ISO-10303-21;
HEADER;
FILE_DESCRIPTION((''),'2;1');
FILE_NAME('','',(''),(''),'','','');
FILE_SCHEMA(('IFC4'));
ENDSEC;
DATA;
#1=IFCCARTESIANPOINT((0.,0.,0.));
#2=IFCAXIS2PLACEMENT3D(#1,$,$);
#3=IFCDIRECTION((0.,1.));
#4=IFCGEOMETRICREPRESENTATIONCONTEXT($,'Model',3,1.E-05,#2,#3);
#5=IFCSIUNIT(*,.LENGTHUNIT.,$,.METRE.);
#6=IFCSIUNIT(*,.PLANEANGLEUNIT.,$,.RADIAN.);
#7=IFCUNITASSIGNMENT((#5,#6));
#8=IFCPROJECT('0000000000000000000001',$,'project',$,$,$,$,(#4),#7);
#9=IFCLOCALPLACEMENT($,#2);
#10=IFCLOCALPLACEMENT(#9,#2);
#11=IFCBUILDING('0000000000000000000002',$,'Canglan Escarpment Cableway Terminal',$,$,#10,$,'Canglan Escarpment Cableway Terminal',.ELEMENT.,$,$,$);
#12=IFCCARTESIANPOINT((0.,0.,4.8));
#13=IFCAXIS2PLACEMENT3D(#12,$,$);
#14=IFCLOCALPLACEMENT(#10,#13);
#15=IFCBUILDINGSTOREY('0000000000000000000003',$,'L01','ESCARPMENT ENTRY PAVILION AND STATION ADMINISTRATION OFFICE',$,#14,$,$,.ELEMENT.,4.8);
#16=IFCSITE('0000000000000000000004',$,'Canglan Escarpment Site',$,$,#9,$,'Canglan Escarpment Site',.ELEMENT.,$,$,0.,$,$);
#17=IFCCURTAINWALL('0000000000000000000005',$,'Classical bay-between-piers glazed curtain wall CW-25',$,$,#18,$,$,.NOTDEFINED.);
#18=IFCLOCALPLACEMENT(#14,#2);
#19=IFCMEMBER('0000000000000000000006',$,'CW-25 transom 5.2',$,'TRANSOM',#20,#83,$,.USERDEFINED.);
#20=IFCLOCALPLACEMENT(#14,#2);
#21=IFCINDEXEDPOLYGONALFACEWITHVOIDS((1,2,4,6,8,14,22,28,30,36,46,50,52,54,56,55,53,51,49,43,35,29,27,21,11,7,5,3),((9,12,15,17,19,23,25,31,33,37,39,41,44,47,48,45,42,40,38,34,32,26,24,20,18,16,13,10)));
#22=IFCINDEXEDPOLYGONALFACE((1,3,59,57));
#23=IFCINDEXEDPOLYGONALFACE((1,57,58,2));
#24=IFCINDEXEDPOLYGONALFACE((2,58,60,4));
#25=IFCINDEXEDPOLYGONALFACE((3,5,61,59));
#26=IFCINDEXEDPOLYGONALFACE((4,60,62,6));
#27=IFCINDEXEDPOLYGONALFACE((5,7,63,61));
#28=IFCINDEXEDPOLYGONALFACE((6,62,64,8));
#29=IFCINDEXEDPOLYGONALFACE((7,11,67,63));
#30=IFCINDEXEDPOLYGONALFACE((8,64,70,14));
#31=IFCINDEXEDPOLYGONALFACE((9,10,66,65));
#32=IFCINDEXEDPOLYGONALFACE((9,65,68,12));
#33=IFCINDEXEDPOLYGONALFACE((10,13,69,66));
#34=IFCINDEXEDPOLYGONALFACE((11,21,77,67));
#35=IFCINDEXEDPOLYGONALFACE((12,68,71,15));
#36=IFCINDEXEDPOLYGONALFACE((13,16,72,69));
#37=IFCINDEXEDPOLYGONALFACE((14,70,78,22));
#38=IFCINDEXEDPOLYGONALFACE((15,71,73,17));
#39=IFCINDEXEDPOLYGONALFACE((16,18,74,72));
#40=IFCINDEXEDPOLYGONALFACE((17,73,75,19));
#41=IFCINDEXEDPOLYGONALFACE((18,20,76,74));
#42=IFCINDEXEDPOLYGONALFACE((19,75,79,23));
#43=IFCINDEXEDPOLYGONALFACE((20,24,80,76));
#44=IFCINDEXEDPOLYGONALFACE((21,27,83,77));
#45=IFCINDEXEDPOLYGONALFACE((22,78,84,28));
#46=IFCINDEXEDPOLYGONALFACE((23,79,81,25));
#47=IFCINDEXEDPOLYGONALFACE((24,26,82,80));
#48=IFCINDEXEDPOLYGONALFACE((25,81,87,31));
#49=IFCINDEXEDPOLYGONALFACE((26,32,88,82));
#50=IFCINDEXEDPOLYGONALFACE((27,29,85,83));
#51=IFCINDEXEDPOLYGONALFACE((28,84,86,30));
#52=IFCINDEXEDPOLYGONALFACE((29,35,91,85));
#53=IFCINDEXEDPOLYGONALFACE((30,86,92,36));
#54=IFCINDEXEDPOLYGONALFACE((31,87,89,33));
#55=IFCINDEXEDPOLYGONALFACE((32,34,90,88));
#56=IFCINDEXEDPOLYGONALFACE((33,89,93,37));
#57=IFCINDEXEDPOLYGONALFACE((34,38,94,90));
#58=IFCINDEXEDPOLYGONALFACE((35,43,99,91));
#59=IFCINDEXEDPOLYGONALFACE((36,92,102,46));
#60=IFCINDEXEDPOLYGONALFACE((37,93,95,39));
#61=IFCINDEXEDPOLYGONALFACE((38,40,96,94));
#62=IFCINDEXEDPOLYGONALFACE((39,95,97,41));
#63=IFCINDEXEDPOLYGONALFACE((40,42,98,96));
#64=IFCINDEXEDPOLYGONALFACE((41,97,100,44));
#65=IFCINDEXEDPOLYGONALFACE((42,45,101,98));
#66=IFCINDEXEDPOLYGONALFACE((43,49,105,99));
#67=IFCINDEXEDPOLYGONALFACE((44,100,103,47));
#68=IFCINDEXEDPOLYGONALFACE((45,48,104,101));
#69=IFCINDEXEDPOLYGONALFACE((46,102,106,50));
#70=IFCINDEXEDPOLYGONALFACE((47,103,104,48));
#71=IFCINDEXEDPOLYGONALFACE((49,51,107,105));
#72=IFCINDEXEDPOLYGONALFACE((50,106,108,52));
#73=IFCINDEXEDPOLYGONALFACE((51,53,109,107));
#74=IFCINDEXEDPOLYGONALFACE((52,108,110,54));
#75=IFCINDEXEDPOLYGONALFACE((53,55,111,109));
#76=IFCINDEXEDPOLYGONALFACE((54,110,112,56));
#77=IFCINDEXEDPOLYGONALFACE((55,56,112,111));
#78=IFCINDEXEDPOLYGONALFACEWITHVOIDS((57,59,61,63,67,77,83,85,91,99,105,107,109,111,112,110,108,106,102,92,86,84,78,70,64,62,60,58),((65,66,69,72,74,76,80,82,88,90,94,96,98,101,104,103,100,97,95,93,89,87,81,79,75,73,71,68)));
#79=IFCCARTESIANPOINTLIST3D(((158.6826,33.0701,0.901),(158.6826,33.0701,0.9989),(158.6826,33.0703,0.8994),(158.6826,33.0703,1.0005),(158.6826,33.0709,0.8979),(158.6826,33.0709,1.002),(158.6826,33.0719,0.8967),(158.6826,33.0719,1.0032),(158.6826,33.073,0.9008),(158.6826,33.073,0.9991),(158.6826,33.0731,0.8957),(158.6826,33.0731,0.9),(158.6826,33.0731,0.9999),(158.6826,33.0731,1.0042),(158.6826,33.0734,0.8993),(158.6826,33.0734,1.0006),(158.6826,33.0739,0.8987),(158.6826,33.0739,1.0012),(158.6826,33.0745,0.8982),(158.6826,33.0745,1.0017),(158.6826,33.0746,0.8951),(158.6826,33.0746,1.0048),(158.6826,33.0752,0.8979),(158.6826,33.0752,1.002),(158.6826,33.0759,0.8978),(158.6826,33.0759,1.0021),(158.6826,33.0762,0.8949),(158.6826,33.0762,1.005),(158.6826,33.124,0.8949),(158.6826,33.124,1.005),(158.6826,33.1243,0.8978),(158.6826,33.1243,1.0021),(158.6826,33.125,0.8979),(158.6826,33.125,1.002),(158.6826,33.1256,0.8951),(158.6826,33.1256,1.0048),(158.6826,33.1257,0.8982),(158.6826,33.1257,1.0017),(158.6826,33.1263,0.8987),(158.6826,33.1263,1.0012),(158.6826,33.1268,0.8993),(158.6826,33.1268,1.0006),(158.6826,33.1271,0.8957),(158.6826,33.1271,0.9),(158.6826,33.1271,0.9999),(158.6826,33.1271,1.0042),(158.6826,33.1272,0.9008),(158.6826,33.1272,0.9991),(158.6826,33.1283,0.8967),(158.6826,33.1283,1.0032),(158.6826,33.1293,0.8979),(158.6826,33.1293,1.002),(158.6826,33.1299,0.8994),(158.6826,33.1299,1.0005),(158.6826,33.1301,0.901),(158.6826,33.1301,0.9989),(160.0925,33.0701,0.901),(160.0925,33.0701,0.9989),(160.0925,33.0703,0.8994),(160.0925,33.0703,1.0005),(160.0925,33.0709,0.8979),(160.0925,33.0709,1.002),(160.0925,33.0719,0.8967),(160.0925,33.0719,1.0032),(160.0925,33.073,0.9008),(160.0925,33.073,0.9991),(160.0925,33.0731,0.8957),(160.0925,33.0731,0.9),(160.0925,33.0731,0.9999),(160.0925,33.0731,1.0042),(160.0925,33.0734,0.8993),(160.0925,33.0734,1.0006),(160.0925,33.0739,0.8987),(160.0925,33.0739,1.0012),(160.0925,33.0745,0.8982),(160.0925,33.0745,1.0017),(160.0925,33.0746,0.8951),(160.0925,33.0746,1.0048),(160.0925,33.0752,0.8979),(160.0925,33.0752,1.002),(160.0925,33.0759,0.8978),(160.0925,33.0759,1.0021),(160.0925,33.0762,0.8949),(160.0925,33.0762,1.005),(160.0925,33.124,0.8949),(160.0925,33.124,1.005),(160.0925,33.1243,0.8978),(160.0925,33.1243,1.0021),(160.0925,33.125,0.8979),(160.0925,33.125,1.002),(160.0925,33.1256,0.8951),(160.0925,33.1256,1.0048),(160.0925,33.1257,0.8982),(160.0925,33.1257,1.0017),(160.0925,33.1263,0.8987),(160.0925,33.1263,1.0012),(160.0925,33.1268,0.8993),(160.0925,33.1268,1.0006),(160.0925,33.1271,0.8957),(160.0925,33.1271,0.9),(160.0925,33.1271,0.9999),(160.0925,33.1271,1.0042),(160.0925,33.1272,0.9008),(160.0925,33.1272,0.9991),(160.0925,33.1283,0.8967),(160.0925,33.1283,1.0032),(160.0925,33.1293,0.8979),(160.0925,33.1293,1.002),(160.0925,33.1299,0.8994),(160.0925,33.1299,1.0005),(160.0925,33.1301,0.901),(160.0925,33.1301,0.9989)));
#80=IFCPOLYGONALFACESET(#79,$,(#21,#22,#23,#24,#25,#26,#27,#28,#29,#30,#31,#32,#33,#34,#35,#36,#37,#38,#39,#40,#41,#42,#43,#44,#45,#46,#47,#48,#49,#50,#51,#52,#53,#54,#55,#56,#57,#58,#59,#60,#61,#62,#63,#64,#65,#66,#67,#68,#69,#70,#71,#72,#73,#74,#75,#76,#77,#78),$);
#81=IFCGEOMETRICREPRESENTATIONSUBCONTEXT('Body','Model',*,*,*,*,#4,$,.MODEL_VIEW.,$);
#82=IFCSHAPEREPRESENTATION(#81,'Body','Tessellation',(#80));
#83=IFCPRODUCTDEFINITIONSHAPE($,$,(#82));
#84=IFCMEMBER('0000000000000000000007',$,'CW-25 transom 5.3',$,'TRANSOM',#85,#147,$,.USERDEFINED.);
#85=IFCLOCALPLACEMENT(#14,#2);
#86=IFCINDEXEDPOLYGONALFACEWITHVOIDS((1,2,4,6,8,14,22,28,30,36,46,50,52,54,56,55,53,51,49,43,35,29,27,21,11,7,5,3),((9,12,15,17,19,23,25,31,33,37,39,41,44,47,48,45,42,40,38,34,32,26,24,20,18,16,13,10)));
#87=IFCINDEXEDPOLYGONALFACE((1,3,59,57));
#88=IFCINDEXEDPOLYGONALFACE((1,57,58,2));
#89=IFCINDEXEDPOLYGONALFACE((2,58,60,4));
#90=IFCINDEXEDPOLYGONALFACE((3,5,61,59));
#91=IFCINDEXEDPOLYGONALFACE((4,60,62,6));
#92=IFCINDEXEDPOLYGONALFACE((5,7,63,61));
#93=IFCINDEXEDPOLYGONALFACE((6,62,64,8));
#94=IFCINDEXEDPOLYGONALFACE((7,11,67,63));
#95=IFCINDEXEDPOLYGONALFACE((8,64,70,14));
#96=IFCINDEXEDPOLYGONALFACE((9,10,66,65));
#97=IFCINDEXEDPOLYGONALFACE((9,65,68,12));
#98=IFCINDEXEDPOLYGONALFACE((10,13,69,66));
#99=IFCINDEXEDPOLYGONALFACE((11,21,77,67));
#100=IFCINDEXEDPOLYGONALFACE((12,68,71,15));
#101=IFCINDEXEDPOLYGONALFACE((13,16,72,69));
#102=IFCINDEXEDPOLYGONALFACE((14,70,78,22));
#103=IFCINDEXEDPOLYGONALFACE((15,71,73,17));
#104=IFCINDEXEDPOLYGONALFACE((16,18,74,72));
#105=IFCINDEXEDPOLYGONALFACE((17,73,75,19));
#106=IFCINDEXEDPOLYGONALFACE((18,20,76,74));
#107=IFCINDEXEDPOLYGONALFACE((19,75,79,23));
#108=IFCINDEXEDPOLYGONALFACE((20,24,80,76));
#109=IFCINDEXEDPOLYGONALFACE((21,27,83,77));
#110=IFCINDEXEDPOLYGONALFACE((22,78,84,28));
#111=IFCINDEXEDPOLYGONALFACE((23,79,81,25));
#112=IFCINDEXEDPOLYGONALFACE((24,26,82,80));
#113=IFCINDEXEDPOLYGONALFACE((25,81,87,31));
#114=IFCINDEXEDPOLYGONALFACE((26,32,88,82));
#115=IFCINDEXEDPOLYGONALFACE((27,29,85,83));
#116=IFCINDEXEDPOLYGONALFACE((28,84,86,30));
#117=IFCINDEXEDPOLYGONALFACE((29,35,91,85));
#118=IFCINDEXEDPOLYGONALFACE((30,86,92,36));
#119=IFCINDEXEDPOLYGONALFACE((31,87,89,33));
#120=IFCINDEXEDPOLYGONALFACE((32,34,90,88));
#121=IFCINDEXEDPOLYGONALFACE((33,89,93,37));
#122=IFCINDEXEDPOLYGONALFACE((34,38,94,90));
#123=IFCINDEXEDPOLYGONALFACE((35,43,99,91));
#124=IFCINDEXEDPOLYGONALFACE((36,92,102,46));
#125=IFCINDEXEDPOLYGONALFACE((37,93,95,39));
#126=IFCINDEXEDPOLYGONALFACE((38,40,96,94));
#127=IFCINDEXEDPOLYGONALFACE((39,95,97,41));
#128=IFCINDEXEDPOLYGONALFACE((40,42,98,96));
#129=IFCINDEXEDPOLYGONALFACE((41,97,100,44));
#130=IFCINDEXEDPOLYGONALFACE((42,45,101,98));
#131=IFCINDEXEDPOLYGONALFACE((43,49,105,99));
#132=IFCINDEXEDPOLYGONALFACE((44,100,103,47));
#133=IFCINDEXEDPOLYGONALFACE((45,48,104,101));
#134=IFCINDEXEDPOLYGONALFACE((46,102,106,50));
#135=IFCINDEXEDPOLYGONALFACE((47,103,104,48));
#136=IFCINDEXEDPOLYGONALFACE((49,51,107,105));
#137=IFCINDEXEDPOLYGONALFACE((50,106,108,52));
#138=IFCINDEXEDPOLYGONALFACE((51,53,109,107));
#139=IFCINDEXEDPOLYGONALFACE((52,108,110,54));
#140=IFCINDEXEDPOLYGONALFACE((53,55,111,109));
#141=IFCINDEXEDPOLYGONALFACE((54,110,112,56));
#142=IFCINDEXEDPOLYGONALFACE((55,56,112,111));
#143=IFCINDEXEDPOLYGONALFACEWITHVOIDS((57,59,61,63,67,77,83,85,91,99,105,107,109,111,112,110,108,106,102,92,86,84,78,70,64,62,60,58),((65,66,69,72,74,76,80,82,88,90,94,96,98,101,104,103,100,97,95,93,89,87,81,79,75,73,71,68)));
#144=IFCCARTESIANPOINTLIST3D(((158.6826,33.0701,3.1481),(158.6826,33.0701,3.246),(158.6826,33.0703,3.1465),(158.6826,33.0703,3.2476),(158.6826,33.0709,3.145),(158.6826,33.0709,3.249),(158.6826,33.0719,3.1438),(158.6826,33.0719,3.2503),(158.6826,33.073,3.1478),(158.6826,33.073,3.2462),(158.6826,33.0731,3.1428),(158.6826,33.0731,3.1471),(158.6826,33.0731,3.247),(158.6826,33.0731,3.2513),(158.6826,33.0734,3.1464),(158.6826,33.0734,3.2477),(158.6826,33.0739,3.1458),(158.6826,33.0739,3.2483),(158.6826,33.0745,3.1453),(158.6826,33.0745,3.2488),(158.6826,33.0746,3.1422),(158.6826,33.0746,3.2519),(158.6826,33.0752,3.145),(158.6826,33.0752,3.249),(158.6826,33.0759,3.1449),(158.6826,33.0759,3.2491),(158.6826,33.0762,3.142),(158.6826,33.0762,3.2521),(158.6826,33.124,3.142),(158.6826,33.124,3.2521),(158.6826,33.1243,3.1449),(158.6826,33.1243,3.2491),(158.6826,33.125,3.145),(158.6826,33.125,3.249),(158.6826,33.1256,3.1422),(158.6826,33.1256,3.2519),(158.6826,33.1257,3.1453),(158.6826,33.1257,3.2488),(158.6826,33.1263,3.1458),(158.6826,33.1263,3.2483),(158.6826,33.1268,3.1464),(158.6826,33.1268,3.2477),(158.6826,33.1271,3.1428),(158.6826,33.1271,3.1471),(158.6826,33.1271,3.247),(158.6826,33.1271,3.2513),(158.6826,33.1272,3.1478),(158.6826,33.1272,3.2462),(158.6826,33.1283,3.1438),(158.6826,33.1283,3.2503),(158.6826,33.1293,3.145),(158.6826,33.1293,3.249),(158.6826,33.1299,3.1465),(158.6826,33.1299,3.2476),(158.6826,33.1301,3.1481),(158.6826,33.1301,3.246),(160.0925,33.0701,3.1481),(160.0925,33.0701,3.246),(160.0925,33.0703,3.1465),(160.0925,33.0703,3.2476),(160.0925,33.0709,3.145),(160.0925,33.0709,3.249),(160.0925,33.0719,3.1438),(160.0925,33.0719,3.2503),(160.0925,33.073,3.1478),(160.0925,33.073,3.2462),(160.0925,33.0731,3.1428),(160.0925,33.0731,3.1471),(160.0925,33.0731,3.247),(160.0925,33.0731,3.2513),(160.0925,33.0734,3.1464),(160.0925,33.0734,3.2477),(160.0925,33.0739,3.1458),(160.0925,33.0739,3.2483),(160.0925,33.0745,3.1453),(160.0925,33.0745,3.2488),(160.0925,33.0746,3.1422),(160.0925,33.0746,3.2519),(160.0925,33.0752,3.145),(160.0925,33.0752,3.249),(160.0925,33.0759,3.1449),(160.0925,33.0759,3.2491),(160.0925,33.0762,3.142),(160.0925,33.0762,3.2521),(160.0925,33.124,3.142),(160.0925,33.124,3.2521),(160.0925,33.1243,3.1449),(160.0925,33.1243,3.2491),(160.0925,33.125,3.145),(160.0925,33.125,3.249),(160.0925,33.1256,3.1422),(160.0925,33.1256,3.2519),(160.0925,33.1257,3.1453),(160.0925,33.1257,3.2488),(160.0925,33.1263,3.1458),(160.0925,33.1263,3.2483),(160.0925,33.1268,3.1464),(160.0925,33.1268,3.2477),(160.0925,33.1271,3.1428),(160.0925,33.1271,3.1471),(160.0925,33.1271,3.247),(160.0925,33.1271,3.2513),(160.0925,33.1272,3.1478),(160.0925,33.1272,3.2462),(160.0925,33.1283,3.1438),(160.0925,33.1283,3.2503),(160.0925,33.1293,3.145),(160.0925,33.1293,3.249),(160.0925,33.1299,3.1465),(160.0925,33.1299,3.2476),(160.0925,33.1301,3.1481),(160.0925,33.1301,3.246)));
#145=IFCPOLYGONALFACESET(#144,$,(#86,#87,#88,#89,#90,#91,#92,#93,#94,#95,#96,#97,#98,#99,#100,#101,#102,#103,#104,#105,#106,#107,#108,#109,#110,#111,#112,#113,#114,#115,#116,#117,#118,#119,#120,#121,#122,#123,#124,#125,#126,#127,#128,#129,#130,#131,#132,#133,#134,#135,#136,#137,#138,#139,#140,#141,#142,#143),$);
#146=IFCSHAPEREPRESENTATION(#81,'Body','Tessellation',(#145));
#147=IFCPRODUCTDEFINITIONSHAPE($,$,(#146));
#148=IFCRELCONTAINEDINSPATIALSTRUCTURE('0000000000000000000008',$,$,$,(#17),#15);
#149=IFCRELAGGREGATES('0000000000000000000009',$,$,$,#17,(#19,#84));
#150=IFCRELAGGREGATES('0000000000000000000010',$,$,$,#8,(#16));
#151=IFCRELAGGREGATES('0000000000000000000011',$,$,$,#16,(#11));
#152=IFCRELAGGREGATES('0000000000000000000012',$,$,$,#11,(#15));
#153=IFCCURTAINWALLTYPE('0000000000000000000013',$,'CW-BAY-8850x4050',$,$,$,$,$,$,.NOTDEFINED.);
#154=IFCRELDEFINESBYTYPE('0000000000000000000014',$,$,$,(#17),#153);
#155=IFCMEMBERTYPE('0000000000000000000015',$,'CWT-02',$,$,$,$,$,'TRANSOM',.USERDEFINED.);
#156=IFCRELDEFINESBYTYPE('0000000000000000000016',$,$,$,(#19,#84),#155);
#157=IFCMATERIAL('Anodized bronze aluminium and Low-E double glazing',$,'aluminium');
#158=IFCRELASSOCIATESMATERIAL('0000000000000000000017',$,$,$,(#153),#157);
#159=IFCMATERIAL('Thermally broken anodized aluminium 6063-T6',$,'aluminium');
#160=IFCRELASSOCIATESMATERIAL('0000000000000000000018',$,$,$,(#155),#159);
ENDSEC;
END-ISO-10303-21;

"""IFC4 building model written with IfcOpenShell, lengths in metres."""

from ifc_helpers import new_model, si_unit, direction, frame, origin, origin_2d, place, context, subcontext, project, spatial, hollow_rectangle, extrude, material, material_profile, profile_set, type_object, element, aggregate, save


model = new_model("IFC4")

# Units and contexts
model_context = context("Model", 3, precision=1e-05, world=origin(), true_north=direction((0.0, 1.0)))
body_context = subcontext(model_context, "Body", "Model", "MODEL_VIEW")
ifc_project = project(units=[si_unit("LENGTHUNIT", "METRE"), si_unit("PLANEANGLEUNIT", "RADIAN")], contexts=[model_context])

# Site, building, storey
site_placement = place(None, origin())
site = spatial("IfcSite", under=ifc_project, at=site_placement, Name="Canglan Escarpment Site", LongName="Canglan Escarpment Site", CompositionType="ELEMENT", RefElevation=0.0)
building_placement = place(site_placement, origin())
building = spatial("IfcBuilding", under=site, at=building_placement, Name="Canglan Escarpment Cableway Terminal", LongName="Canglan Escarpment Cableway Terminal", CompositionType="ELEMENT")
storey_placement = place(building_placement, frame((0.0, 0.0, 4.8)))
storey = spatial("IfcBuildingStorey", under=building, at=storey_placement, Name="L01", Description="ESCARPMENT ENTRY PAVILION AND STATION ADMINISTRATION OFFICE", CompositionType="ELEMENT", Elevation=4.8)

# Curtain wall, members
ifc_material_1 = material(Name="Anodized bronze aluminium and Low-E double glazing", Category="aluminium")
curtain_wall_type = type_object("IfcCurtainWallType", Name="CW-BAY-8850x4050", PredefinedType="NOTDEFINED", material=ifc_material_1)
curtain_wall_placement = place(storey_placement, origin())
curtain_wall = element("IfcCurtainWall", 1, at=curtain_wall_placement, inside=storey, type_object=curtain_wall_type, Name="Classical bay-between-piers glazed curtain wall CW-25", PredefinedType="NOTDEFINED")
ifc_material_2 = material(Name="Thermally broken anodized aluminium 6063-T6", Category="aluminium")
ifc_material_profile_1 = material_profile(ifc_material_2, hollow_rectangle(XDim=0.0601, YDim=0.1101, WallThickness=0.0029, InnerFilletRadius=0.0029, OuterFilletRadius=0.0061, at=origin_2d()), Name="ALU-TRAN 60x110x3")
ifc_profile_set_1 = profile_set([ifc_material_profile_1], Name="Thermally broken anodized aluminium 6063-T6")
member_type_1 = type_object("IfcMemberType", Name="CWT-02", ElementType="TRANSOM", PredefinedType="USERDEFINED", material=ifc_profile_set_1)
member_1_placement = place(storey_placement, frame((160.0925, 33.1001, 0.95), z_axis=(-1.0, 0.0, 0.0), x_axis=(0.0, -1.0, 0.0)))
member_1 = element("IfcMember", 2, at=member_1_placement, type_object=member_type_1, Name="CW-25 transom 5.2", ObjectType="TRANSOM", PredefinedType="USERDEFINED", context=body_context, shape_type="SweptSolid", body=[
    extrude(hollow_rectangle(XDim=0.0601, YDim=0.1101, WallThickness=0.0029, InnerFilletRadius=0.0029, OuterFilletRadius=0.0061, at=origin_2d()), origin(), (0.0, 0.0, 1.0), 1.4099),
])
member_2_placement = place(storey_placement, frame((160.0925, 33.1001, 3.197), z_axis=(-1.0, 0.0, 0.0), x_axis=(0.0, -1.0, 0.0)))
member_2 = element("IfcMember", 3, at=member_2_placement, type_object=member_type_1, Name="CW-25 transom 5.3", ObjectType="TRANSOM", PredefinedType="USERDEFINED", context=body_context, shape_type="SweptSolid", body=[
    extrude(hollow_rectangle(XDim=0.0601, YDim=0.1101, WallThickness=0.0029, InnerFilletRadius=0.0029, OuterFilletRadius=0.0061, at=origin_2d()), origin(), (0.0, 0.0, 1.0), 1.4099),
])
aggregate(curtain_wall, [member_1, member_2])

save(model, "model.ifc")
